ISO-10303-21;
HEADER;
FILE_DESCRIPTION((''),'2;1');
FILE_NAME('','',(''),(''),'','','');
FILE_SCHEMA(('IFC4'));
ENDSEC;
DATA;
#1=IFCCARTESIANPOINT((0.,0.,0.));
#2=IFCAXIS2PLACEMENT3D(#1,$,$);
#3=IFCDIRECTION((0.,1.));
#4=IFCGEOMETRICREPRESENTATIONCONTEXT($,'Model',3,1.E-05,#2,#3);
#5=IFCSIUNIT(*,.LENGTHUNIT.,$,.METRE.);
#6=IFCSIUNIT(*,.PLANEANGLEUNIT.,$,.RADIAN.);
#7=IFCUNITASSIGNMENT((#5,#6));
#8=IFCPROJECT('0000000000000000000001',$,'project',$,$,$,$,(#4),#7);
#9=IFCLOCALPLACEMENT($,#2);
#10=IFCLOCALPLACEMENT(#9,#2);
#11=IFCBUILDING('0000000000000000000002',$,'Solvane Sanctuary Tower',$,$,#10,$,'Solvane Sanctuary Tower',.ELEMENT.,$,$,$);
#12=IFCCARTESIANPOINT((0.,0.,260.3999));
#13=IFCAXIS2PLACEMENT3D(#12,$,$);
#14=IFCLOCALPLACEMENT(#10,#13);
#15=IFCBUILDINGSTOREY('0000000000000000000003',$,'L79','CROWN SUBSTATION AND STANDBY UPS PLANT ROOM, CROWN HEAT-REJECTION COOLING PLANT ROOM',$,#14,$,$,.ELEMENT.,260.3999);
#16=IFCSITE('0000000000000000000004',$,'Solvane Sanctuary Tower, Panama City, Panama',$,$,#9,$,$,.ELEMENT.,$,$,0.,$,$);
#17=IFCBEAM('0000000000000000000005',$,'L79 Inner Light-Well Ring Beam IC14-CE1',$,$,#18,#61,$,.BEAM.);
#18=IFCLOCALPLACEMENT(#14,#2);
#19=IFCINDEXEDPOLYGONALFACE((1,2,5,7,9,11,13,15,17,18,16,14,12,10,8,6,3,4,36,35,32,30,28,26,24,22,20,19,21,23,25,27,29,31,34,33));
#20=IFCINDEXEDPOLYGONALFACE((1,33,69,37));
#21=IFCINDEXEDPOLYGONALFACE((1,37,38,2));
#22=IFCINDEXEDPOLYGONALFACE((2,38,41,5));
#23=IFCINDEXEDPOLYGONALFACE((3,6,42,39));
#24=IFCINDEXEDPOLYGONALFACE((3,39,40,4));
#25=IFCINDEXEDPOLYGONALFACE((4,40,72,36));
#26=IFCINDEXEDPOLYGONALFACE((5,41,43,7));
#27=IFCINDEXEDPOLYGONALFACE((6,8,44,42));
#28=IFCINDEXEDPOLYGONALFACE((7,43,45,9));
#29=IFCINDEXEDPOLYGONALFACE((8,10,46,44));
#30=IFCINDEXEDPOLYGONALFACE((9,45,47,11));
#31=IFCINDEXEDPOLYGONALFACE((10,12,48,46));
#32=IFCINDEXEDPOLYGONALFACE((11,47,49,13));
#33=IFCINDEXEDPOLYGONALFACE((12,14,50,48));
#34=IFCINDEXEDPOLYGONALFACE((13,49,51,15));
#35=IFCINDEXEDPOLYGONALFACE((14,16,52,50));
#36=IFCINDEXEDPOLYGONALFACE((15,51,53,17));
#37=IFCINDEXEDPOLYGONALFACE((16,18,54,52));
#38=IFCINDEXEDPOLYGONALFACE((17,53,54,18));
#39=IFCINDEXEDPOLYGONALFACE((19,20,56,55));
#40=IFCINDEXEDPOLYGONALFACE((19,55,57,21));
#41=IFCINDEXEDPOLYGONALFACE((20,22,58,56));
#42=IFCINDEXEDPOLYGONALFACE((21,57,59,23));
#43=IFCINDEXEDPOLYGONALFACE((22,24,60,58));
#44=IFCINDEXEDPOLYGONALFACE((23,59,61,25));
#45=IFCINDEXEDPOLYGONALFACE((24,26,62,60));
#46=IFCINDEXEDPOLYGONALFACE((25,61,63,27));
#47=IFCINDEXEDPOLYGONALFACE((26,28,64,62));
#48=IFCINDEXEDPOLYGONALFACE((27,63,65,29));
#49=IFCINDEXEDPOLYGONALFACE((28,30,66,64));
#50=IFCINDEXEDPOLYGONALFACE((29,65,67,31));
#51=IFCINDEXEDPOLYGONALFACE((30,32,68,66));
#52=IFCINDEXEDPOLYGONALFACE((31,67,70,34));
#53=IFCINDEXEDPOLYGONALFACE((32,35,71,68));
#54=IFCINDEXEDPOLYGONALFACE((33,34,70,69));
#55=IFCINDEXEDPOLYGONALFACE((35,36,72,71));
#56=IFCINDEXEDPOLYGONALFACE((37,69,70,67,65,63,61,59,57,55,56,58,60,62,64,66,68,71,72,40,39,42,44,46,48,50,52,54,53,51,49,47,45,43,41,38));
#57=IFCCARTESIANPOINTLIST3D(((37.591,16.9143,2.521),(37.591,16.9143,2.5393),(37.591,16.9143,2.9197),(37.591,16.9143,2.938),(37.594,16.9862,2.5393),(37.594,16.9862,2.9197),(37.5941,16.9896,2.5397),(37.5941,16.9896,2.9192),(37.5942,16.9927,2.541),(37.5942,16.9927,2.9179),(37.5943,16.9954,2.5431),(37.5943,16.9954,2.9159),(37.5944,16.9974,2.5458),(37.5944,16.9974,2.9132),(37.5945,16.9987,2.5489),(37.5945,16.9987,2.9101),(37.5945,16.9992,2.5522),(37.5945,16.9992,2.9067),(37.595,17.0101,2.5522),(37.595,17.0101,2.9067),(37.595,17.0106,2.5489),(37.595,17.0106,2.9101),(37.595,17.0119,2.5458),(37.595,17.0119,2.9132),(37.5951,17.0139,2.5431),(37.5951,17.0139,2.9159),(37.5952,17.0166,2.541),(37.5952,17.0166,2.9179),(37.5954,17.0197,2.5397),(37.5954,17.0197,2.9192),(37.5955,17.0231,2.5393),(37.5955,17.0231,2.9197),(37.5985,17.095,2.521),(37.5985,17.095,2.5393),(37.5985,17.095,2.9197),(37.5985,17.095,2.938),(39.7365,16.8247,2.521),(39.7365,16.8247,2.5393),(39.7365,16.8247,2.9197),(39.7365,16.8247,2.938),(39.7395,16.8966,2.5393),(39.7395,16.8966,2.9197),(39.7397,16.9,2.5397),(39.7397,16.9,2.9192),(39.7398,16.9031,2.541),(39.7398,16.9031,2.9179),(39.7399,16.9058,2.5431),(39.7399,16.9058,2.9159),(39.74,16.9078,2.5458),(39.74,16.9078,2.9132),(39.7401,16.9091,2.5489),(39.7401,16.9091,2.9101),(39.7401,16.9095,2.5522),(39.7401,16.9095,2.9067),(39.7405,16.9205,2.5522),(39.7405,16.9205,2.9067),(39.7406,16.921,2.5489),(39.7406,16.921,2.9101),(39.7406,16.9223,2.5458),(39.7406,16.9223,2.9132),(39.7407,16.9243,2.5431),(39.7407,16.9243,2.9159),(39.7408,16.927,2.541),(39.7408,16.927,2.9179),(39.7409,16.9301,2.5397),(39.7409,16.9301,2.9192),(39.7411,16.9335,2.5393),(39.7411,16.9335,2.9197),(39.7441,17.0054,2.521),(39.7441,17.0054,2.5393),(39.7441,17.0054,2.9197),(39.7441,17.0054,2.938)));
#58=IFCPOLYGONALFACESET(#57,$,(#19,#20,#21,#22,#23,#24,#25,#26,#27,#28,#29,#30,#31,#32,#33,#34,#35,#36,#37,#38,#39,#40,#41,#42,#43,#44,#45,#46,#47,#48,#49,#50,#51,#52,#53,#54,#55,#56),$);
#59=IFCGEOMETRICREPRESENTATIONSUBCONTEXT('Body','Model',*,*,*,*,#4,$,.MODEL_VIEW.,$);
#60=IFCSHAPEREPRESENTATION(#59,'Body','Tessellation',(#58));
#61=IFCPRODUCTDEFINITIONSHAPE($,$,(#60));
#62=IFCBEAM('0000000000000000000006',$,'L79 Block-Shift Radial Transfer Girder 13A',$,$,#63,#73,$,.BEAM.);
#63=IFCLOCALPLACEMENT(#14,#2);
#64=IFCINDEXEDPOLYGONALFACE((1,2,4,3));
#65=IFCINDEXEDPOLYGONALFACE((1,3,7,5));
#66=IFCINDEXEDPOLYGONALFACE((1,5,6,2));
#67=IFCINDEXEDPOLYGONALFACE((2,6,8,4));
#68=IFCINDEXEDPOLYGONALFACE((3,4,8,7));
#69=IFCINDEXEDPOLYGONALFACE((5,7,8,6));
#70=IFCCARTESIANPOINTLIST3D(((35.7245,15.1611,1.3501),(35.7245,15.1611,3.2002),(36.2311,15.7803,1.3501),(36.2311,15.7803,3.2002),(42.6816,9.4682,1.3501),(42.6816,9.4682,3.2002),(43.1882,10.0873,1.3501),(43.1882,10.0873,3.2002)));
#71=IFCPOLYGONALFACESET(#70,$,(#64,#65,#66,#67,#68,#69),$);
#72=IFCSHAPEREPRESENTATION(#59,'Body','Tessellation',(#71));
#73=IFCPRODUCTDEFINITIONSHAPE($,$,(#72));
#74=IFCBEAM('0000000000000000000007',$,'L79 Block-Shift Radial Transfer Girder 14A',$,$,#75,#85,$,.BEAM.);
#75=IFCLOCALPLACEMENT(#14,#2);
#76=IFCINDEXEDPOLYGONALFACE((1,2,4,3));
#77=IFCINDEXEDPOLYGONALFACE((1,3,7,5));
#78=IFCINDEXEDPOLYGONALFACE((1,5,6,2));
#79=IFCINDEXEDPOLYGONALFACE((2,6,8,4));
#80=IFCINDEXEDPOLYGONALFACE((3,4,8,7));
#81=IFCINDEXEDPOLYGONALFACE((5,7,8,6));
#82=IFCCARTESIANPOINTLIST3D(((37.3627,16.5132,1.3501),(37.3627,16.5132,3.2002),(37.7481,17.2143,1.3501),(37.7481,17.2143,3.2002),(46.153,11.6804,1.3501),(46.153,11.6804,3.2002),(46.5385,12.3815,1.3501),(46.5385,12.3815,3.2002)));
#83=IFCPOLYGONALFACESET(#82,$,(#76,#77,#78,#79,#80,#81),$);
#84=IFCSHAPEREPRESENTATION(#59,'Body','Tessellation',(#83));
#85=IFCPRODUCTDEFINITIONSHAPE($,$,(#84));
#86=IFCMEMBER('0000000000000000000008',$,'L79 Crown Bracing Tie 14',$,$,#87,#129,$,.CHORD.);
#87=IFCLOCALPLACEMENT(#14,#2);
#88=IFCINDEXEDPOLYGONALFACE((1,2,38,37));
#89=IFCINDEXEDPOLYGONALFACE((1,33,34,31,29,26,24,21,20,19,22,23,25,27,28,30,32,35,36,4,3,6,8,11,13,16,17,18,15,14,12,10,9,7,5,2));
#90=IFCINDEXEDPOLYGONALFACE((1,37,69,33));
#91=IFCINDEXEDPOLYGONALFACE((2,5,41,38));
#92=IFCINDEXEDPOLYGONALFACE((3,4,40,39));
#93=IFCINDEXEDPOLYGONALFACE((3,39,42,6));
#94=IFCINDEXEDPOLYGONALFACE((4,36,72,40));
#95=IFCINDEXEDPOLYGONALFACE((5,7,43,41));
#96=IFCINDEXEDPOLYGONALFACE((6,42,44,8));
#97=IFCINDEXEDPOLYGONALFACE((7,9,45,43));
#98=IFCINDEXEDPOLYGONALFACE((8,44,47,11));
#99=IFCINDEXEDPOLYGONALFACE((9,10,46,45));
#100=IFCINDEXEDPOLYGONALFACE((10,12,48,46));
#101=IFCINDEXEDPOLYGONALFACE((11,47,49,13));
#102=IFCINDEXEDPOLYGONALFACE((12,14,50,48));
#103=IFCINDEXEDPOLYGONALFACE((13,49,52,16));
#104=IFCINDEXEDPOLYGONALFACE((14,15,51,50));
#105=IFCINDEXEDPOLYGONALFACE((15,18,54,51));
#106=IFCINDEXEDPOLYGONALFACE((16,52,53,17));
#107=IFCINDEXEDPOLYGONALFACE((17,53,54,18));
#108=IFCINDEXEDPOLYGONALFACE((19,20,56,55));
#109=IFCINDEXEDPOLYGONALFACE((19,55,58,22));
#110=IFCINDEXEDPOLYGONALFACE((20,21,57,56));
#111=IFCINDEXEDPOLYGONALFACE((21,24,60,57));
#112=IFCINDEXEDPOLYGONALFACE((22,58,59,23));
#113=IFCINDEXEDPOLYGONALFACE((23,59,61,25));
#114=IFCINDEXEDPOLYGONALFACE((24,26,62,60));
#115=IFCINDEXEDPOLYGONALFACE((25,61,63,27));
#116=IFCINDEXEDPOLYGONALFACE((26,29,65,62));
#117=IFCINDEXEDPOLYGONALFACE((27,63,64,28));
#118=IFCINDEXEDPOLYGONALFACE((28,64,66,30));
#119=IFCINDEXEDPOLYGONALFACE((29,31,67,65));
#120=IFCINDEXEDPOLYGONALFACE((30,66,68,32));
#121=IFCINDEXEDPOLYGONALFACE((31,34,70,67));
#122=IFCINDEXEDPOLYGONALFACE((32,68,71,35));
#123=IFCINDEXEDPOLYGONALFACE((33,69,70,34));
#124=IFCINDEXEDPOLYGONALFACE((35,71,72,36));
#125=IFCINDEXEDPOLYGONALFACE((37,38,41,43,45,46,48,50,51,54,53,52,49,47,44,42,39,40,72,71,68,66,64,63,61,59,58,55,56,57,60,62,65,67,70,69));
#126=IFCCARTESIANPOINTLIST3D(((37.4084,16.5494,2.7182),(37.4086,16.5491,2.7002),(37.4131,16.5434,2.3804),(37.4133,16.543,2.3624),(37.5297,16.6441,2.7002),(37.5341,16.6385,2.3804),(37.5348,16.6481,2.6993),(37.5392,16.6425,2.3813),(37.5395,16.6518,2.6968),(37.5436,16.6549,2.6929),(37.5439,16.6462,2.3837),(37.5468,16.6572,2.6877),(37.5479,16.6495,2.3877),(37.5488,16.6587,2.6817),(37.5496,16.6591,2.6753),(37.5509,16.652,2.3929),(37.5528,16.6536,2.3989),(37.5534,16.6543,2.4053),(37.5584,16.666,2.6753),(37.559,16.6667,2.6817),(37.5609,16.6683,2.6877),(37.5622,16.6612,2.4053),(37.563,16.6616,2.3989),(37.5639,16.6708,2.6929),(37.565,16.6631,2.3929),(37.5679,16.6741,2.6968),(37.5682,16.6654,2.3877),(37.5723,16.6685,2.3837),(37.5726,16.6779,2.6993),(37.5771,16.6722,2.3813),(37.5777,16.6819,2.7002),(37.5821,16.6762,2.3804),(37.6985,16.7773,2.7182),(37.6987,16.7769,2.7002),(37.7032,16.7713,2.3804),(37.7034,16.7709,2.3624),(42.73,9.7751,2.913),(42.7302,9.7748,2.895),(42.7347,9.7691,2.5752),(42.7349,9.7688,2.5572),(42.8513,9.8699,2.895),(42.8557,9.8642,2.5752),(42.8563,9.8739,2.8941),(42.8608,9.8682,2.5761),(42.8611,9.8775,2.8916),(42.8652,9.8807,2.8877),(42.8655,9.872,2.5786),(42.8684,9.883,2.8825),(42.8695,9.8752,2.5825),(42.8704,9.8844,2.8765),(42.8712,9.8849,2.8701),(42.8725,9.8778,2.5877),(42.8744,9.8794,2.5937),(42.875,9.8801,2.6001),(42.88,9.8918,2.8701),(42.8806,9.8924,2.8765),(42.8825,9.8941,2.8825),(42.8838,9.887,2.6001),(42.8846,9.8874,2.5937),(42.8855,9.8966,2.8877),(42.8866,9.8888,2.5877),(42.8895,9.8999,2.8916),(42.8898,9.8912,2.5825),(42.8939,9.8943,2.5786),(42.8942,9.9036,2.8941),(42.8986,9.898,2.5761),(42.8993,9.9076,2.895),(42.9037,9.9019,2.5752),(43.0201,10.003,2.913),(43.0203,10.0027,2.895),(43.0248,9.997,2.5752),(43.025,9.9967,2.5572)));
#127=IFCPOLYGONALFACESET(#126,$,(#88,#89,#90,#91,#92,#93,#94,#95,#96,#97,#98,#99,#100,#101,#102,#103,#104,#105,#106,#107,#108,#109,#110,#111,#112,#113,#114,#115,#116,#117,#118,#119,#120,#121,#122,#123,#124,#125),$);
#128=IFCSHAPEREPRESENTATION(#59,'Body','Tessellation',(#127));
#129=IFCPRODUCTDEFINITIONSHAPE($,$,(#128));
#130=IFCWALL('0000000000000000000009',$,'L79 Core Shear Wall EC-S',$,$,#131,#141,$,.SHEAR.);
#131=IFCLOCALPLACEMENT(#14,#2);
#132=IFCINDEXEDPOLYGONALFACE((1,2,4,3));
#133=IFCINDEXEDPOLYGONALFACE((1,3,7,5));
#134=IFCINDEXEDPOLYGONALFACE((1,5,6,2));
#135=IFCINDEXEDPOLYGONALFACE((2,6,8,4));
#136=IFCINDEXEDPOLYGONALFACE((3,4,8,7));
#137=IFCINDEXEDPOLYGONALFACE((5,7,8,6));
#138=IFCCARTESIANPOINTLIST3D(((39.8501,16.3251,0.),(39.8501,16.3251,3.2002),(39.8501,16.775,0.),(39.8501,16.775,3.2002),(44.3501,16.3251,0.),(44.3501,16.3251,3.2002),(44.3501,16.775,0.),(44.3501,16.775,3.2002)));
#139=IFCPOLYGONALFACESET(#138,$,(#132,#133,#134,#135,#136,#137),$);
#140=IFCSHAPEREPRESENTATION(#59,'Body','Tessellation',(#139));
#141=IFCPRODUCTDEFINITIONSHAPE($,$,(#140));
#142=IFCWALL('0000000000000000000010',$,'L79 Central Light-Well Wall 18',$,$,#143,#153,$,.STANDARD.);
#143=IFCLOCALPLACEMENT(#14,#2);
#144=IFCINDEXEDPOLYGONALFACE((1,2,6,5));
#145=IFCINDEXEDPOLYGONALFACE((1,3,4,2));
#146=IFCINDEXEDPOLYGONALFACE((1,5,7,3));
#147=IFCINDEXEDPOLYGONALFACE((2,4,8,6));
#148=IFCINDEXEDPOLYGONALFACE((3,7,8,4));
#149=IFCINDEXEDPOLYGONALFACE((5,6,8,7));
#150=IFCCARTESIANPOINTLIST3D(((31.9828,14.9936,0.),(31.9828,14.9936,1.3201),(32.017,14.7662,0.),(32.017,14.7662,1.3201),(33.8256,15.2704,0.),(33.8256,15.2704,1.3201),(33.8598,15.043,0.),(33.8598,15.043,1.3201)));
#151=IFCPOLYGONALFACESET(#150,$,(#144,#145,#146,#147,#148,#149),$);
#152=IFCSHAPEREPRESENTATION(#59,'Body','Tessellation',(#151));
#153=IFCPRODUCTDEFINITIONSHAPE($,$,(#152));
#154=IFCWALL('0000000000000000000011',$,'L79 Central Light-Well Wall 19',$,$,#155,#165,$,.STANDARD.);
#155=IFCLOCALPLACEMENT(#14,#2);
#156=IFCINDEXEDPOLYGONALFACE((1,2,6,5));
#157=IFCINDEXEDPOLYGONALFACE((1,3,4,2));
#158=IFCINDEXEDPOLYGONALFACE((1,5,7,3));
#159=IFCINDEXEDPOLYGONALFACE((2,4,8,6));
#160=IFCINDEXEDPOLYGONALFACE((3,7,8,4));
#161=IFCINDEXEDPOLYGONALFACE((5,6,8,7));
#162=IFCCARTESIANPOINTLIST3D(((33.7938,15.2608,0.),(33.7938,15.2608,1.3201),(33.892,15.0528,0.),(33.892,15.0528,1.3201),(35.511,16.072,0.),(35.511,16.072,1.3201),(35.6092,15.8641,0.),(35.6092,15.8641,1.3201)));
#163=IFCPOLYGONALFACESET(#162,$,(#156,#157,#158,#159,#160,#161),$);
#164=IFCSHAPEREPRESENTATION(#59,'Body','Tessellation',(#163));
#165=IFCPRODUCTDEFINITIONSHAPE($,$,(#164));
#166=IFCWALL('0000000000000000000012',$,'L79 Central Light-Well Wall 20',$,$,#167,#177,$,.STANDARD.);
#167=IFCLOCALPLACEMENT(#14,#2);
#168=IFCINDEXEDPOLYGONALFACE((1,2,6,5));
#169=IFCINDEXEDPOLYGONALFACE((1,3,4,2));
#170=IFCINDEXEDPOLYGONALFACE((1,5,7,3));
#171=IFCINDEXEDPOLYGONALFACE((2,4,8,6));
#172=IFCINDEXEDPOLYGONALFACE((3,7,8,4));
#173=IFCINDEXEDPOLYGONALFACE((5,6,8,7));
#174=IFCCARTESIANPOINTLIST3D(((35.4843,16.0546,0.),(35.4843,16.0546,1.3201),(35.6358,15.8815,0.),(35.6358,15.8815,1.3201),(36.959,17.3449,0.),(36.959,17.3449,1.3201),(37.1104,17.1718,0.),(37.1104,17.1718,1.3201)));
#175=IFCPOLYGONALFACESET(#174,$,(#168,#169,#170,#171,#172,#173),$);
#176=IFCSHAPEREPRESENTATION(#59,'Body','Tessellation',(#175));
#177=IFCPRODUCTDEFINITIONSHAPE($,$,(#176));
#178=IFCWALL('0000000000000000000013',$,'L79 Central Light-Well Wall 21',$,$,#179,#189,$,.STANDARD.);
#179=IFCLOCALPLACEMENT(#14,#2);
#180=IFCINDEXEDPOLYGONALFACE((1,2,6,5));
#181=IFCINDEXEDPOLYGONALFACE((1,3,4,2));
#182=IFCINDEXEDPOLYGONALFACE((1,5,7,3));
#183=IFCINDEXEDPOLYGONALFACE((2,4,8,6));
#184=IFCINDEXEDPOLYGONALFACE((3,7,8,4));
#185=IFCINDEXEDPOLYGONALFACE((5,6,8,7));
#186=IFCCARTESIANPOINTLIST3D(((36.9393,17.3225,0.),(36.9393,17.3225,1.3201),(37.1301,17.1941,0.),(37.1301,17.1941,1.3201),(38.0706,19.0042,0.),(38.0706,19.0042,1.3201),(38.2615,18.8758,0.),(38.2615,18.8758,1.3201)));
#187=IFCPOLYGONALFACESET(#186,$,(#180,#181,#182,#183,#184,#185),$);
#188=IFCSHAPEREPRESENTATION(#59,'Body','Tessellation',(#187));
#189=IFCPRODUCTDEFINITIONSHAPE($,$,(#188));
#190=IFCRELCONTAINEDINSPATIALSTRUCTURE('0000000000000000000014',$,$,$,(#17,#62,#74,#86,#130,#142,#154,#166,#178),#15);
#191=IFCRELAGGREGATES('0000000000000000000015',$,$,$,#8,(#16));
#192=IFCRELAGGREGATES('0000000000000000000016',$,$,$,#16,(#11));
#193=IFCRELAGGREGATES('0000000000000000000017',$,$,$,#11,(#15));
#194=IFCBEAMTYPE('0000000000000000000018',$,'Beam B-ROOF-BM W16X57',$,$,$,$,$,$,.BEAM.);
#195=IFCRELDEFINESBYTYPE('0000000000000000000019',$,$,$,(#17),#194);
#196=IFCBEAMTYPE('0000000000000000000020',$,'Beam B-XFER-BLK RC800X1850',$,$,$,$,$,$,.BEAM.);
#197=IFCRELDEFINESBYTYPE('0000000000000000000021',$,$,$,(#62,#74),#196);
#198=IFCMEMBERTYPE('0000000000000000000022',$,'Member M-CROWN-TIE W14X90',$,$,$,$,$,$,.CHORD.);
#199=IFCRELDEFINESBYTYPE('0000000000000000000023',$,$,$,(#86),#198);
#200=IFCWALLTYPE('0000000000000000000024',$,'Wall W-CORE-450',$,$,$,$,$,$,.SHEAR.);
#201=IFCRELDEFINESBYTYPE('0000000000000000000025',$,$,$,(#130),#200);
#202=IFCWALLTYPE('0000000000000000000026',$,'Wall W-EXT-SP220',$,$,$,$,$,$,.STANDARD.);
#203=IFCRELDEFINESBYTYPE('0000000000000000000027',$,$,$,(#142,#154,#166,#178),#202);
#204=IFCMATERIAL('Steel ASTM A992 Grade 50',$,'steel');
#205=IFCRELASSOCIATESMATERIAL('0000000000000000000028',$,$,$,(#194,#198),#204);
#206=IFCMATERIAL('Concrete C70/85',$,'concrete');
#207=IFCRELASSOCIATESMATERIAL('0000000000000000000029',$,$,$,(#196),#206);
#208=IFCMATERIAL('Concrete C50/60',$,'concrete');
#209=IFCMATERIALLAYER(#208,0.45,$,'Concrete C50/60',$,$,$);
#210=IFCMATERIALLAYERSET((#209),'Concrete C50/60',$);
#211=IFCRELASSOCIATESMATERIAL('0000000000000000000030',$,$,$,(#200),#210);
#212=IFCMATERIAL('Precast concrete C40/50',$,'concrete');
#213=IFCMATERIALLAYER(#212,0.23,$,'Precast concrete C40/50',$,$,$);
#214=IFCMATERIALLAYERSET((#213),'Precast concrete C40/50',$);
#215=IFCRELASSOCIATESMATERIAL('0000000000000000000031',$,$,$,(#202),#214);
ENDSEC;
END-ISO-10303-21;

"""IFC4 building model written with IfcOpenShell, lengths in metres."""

from ifc_helpers import new_model, si_unit, direction, frame, frame_2d, origin, origin_2d, place, context, subcontext, project, spatial, rectangle, i_section, extrude, material, layer, layer_set, material_profile, profile_set, type_object, element, save


model = new_model("IFC4")

# Units and contexts
model_context = context("Model", 3, precision=1e-05, world=origin(), true_north=direction((0.0, 1.0)))
body_context = subcontext(model_context, "Body", "Model", "MODEL_VIEW")
ifc_project = project(units=[si_unit("LENGTHUNIT", "METRE"), si_unit("PLANEANGLEUNIT", "RADIAN")], contexts=[model_context])

# Site, building, storey
site_placement = place(None, origin())
site = spatial("IfcSite", under=ifc_project, at=site_placement, Name="Solvane Sanctuary Tower, Panama City, Panama", CompositionType="ELEMENT", RefElevation=0.0)
building_placement = place(site_placement, origin())
building = spatial("IfcBuilding", under=site, at=building_placement, Name="Solvane Sanctuary Tower", LongName="Solvane Sanctuary Tower", CompositionType="ELEMENT")
storey_placement = place(building_placement, frame((0.0, 0.0, 260.3999)))
storey = spatial("IfcBuildingStorey", under=building, at=storey_placement, Name="L79", Description="CROWN SUBSTATION AND STANDBY UPS PLANT ROOM, CROWN HEAT-REJECTION COOLING PLANT ROOM", CompositionType="ELEMENT", Elevation=260.3999)

# Shared definitions
ifc_material_1 = material(Name="Concrete C50/60", Category="concrete")
ifc_material_2 = material(Name="Concrete C70/85", Category="concrete")

# Beams
ifc_material_3 = material(Name="Steel ASTM A992 Grade 50", Category="steel")
ifc_material_profile_1 = material_profile(ifc_material_3, i_section(OverallWidth=0.1809, OverallDepth=0.417, WebThickness=0.011, FlangeThickness=0.0183, FilletRadius=0.0129, at=origin_2d()), Name="W16X57")
ifc_profile_set_1 = profile_set([ifc_material_profile_1], Name="Steel ASTM A992 Grade 50")
beam_type_1 = type_object("IfcBeamType", Name="Beam B-ROOF-BM W16X57", PredefinedType="BEAM", material=ifc_profile_set_1)
beam_1_placement = place(storey_placement, frame((37.5947, 17.0046, 2.7295), z_axis=(0.999129, -0.041725, 0.0), x_axis=(0.041725, 0.999129, 0.0)))
element("IfcBeam", 1, at=beam_1_placement, inside=storey, type_object=beam_type_1, Name="L79 Inner Light-Well Ring Beam IC14-CE1", PredefinedType="BEAM", context=body_context, shape_type="SweptSolid", body=[
    extrude(i_section(OverallWidth=0.1809, OverallDepth=0.417, WebThickness=0.011, FlangeThickness=0.0183, FilletRadius=0.0129, at=origin_2d()), origin(), (0.0, 0.0, 1.0), 2.1475),
])
ifc_material_profile_2 = material_profile(ifc_material_2, rectangle(XDim=0.8, YDim=1.8501, at=origin_2d()), Name="RC800X1850")
ifc_profile_set_2 = profile_set([ifc_material_profile_2], Name="Concrete C70/85")
beam_type_2 = type_object("IfcBeamType", Name="Beam B-XFER-BLK RC800X1850", PredefinedType="BEAM", material=ifc_profile_set_2)
beam_2_placement = place(storey_placement, frame((35.9778, 15.4707, 2.2751), z_axis=(0.773916, -0.633288, 0.0), x_axis=(0.633288, 0.773916, 0.0)))
element("IfcBeam", 2, at=beam_2_placement, inside=storey, type_object=beam_type_2, Name="L79 Block-Shift Radial Transfer Girder 13A", PredefinedType="BEAM", context=body_context, shape_type="SweptSolid", body=[
    extrude(rectangle(XDim=0.8, YDim=1.8501, at=origin_2d()), origin(), (0.0, 0.0, 1.0), 8.9895),
])
beam_3_placement = place(storey_placement, frame((37.5554, 16.8638, 2.2751), z_axis=(0.876296, -0.481774, 0.0), x_axis=(0.481774, 0.876296, 0.0)))
element("IfcBeam", 3, at=beam_3_placement, inside=storey, type_object=beam_type_2, Name="L79 Block-Shift Radial Transfer Girder 14A", PredefinedType="BEAM", context=body_context, shape_type="SweptSolid", body=[
    extrude(rectangle(XDim=0.8, YDim=1.8501, at=origin_2d()), origin(), (0.0, 0.0, 1.0), 10.0312),
])

# Member
ifc_material_profile_3 = material_profile(ifc_material_3, i_section(OverallWidth=0.3689, OverallDepth=0.356, WebThickness=0.0112, FlangeThickness=0.0181, FilletRadius=0.0249, at=origin_2d()), Name="W14X90")
ifc_profile_set_3 = profile_set([ifc_material_profile_3], Name="Steel ASTM A992 Grade 50")
member_type = type_object("IfcMemberType", Name="Member M-CROWN-TIE W14X90", PredefinedType="CHORD", material=ifc_profile_set_3)
member_placement = place(storey_placement, frame((37.5559, 16.6602, 2.5403), z_axis=(0.61759, -0.786175, 0.02261), x_axis=(0.786376, 0.617748, 0.0)))
element("IfcMember", 4, at=member_placement, inside=storey, type_object=member_type, Name="L79 Crown Bracing Tie 14", PredefinedType="CHORD", context=body_context, shape_type="SweptSolid", body=[
    extrude(i_section(OverallWidth=0.3689, OverallDepth=0.356, WebThickness=0.0112, FlangeThickness=0.0181, FilletRadius=0.0249, at=origin_2d()), origin(), (0.0, 0.0, 1.0), 8.6167),
])

# Walls
ifc_layer_1 = layer(ifc_material_1, 0.45, Name="Concrete C50/60")
ifc_layer_set_1 = layer_set([ifc_layer_1], Name="Concrete C50/60")
wall_type_1 = type_object("IfcWallType", Name="Wall W-CORE-450", PredefinedType="SHEAR", material=ifc_layer_set_1)
wall_1_placement = place(storey_placement, frame((39.8501, 16.55, 0.0), z_axis=(0.0, 0.0, 1.0), x_axis=(1.0, 0.0, 0.0)))
element("IfcWall", 5, at=wall_1_placement, inside=storey, type_object=wall_type_1, Name="L79 Core Shear Wall EC-S", PredefinedType="SHEAR", context=body_context, shape_type="SweptSolid", body=[
    extrude(rectangle(XDim=4.5, YDim=0.45, at=frame_2d((2.25, 0.0))), origin(), (0.0, 0.0, 1.0), 3.2002),
])
ifc_material_4 = material(Name="Precast concrete C40/50", Category="concrete")
ifc_layer_2 = layer(ifc_material_4, 0.23, Name="Precast concrete C40/50")
ifc_layer_set_2 = layer_set([ifc_layer_2], Name="Precast concrete C40/50")
wall_type_2 = type_object("IfcWallType", Name="Wall W-EXT-SP220", PredefinedType="STANDARD", material=ifc_layer_set_2)
wall_2_placement = place(storey_placement, frame((32.0, 14.8799, 0.0), z_axis=(0.0, 0.0, 1.0), x_axis=(0.988902, 0.148571, 0.0)))
element("IfcWall", 6, at=wall_2_placement, inside=storey, type_object=wall_type_2, Name="L79 Central Light-Well Wall 18", PredefinedType="STANDARD", context=body_context, shape_type="SweptSolid", body=[
    extrude(rectangle(XDim=1.8635, YDim=0.23, at=frame_2d((0.9316, 0.0))), origin(), (0.0, 0.0, 1.0), 1.3201),
])
wall_3_placement = place(storey_placement, frame((33.8428, 15.1567, 0.0), z_axis=(0.0, 0.0, 1.0), x_axis=(0.90418, 0.427152, 0.0)))
element("IfcWall", 7, at=wall_3_placement, inside=storey, type_object=wall_type_2, Name="L79 Central Light-Well Wall 19", PredefinedType="STANDARD", context=body_context, shape_type="SweptSolid", body=[
    extrude(rectangle(XDim=1.8992, YDim=0.23, at=frame_2d((0.9497, 0.0))), origin(), (0.0, 0.0, 1.0), 1.3201),
])
wall_4_placement = place(storey_placement, frame((35.5601, 15.968, 0.0), z_axis=(0.0, 0.0, 1.0), x_axis=(0.752577, 0.658505, 0.0)))
element("IfcWall", 8, at=wall_4_placement, inside=storey, type_object=wall_type_2, Name="L79 Central Light-Well Wall 20", PredefinedType="STANDARD", context=body_context, shape_type="SweptSolid", body=[
    extrude(rectangle(XDim=1.9595, YDim=0.23, at=frame_2d((0.9797, 0.0))), origin(), (0.0, 0.0, 1.0), 1.3201),
])
wall_5_placement = place(storey_placement, frame((37.0347, 17.2583, 0.0), z_axis=(0.0, 0.0, 1.0), x_axis=(0.558198, 0.829708, 0.0)))
element("IfcWall", 9, at=wall_5_placement, inside=storey, type_object=wall_type_2, Name="L79 Central Light-Well Wall 21", PredefinedType="STANDARD", context=body_context, shape_type="SweptSolid", body=[
    extrude(rectangle(XDim=2.0269, YDim=0.23, at=frame_2d((1.0134, 0.0))), origin(), (0.0, 0.0, 1.0), 1.3201),
])

save(model, "model.ifc")
